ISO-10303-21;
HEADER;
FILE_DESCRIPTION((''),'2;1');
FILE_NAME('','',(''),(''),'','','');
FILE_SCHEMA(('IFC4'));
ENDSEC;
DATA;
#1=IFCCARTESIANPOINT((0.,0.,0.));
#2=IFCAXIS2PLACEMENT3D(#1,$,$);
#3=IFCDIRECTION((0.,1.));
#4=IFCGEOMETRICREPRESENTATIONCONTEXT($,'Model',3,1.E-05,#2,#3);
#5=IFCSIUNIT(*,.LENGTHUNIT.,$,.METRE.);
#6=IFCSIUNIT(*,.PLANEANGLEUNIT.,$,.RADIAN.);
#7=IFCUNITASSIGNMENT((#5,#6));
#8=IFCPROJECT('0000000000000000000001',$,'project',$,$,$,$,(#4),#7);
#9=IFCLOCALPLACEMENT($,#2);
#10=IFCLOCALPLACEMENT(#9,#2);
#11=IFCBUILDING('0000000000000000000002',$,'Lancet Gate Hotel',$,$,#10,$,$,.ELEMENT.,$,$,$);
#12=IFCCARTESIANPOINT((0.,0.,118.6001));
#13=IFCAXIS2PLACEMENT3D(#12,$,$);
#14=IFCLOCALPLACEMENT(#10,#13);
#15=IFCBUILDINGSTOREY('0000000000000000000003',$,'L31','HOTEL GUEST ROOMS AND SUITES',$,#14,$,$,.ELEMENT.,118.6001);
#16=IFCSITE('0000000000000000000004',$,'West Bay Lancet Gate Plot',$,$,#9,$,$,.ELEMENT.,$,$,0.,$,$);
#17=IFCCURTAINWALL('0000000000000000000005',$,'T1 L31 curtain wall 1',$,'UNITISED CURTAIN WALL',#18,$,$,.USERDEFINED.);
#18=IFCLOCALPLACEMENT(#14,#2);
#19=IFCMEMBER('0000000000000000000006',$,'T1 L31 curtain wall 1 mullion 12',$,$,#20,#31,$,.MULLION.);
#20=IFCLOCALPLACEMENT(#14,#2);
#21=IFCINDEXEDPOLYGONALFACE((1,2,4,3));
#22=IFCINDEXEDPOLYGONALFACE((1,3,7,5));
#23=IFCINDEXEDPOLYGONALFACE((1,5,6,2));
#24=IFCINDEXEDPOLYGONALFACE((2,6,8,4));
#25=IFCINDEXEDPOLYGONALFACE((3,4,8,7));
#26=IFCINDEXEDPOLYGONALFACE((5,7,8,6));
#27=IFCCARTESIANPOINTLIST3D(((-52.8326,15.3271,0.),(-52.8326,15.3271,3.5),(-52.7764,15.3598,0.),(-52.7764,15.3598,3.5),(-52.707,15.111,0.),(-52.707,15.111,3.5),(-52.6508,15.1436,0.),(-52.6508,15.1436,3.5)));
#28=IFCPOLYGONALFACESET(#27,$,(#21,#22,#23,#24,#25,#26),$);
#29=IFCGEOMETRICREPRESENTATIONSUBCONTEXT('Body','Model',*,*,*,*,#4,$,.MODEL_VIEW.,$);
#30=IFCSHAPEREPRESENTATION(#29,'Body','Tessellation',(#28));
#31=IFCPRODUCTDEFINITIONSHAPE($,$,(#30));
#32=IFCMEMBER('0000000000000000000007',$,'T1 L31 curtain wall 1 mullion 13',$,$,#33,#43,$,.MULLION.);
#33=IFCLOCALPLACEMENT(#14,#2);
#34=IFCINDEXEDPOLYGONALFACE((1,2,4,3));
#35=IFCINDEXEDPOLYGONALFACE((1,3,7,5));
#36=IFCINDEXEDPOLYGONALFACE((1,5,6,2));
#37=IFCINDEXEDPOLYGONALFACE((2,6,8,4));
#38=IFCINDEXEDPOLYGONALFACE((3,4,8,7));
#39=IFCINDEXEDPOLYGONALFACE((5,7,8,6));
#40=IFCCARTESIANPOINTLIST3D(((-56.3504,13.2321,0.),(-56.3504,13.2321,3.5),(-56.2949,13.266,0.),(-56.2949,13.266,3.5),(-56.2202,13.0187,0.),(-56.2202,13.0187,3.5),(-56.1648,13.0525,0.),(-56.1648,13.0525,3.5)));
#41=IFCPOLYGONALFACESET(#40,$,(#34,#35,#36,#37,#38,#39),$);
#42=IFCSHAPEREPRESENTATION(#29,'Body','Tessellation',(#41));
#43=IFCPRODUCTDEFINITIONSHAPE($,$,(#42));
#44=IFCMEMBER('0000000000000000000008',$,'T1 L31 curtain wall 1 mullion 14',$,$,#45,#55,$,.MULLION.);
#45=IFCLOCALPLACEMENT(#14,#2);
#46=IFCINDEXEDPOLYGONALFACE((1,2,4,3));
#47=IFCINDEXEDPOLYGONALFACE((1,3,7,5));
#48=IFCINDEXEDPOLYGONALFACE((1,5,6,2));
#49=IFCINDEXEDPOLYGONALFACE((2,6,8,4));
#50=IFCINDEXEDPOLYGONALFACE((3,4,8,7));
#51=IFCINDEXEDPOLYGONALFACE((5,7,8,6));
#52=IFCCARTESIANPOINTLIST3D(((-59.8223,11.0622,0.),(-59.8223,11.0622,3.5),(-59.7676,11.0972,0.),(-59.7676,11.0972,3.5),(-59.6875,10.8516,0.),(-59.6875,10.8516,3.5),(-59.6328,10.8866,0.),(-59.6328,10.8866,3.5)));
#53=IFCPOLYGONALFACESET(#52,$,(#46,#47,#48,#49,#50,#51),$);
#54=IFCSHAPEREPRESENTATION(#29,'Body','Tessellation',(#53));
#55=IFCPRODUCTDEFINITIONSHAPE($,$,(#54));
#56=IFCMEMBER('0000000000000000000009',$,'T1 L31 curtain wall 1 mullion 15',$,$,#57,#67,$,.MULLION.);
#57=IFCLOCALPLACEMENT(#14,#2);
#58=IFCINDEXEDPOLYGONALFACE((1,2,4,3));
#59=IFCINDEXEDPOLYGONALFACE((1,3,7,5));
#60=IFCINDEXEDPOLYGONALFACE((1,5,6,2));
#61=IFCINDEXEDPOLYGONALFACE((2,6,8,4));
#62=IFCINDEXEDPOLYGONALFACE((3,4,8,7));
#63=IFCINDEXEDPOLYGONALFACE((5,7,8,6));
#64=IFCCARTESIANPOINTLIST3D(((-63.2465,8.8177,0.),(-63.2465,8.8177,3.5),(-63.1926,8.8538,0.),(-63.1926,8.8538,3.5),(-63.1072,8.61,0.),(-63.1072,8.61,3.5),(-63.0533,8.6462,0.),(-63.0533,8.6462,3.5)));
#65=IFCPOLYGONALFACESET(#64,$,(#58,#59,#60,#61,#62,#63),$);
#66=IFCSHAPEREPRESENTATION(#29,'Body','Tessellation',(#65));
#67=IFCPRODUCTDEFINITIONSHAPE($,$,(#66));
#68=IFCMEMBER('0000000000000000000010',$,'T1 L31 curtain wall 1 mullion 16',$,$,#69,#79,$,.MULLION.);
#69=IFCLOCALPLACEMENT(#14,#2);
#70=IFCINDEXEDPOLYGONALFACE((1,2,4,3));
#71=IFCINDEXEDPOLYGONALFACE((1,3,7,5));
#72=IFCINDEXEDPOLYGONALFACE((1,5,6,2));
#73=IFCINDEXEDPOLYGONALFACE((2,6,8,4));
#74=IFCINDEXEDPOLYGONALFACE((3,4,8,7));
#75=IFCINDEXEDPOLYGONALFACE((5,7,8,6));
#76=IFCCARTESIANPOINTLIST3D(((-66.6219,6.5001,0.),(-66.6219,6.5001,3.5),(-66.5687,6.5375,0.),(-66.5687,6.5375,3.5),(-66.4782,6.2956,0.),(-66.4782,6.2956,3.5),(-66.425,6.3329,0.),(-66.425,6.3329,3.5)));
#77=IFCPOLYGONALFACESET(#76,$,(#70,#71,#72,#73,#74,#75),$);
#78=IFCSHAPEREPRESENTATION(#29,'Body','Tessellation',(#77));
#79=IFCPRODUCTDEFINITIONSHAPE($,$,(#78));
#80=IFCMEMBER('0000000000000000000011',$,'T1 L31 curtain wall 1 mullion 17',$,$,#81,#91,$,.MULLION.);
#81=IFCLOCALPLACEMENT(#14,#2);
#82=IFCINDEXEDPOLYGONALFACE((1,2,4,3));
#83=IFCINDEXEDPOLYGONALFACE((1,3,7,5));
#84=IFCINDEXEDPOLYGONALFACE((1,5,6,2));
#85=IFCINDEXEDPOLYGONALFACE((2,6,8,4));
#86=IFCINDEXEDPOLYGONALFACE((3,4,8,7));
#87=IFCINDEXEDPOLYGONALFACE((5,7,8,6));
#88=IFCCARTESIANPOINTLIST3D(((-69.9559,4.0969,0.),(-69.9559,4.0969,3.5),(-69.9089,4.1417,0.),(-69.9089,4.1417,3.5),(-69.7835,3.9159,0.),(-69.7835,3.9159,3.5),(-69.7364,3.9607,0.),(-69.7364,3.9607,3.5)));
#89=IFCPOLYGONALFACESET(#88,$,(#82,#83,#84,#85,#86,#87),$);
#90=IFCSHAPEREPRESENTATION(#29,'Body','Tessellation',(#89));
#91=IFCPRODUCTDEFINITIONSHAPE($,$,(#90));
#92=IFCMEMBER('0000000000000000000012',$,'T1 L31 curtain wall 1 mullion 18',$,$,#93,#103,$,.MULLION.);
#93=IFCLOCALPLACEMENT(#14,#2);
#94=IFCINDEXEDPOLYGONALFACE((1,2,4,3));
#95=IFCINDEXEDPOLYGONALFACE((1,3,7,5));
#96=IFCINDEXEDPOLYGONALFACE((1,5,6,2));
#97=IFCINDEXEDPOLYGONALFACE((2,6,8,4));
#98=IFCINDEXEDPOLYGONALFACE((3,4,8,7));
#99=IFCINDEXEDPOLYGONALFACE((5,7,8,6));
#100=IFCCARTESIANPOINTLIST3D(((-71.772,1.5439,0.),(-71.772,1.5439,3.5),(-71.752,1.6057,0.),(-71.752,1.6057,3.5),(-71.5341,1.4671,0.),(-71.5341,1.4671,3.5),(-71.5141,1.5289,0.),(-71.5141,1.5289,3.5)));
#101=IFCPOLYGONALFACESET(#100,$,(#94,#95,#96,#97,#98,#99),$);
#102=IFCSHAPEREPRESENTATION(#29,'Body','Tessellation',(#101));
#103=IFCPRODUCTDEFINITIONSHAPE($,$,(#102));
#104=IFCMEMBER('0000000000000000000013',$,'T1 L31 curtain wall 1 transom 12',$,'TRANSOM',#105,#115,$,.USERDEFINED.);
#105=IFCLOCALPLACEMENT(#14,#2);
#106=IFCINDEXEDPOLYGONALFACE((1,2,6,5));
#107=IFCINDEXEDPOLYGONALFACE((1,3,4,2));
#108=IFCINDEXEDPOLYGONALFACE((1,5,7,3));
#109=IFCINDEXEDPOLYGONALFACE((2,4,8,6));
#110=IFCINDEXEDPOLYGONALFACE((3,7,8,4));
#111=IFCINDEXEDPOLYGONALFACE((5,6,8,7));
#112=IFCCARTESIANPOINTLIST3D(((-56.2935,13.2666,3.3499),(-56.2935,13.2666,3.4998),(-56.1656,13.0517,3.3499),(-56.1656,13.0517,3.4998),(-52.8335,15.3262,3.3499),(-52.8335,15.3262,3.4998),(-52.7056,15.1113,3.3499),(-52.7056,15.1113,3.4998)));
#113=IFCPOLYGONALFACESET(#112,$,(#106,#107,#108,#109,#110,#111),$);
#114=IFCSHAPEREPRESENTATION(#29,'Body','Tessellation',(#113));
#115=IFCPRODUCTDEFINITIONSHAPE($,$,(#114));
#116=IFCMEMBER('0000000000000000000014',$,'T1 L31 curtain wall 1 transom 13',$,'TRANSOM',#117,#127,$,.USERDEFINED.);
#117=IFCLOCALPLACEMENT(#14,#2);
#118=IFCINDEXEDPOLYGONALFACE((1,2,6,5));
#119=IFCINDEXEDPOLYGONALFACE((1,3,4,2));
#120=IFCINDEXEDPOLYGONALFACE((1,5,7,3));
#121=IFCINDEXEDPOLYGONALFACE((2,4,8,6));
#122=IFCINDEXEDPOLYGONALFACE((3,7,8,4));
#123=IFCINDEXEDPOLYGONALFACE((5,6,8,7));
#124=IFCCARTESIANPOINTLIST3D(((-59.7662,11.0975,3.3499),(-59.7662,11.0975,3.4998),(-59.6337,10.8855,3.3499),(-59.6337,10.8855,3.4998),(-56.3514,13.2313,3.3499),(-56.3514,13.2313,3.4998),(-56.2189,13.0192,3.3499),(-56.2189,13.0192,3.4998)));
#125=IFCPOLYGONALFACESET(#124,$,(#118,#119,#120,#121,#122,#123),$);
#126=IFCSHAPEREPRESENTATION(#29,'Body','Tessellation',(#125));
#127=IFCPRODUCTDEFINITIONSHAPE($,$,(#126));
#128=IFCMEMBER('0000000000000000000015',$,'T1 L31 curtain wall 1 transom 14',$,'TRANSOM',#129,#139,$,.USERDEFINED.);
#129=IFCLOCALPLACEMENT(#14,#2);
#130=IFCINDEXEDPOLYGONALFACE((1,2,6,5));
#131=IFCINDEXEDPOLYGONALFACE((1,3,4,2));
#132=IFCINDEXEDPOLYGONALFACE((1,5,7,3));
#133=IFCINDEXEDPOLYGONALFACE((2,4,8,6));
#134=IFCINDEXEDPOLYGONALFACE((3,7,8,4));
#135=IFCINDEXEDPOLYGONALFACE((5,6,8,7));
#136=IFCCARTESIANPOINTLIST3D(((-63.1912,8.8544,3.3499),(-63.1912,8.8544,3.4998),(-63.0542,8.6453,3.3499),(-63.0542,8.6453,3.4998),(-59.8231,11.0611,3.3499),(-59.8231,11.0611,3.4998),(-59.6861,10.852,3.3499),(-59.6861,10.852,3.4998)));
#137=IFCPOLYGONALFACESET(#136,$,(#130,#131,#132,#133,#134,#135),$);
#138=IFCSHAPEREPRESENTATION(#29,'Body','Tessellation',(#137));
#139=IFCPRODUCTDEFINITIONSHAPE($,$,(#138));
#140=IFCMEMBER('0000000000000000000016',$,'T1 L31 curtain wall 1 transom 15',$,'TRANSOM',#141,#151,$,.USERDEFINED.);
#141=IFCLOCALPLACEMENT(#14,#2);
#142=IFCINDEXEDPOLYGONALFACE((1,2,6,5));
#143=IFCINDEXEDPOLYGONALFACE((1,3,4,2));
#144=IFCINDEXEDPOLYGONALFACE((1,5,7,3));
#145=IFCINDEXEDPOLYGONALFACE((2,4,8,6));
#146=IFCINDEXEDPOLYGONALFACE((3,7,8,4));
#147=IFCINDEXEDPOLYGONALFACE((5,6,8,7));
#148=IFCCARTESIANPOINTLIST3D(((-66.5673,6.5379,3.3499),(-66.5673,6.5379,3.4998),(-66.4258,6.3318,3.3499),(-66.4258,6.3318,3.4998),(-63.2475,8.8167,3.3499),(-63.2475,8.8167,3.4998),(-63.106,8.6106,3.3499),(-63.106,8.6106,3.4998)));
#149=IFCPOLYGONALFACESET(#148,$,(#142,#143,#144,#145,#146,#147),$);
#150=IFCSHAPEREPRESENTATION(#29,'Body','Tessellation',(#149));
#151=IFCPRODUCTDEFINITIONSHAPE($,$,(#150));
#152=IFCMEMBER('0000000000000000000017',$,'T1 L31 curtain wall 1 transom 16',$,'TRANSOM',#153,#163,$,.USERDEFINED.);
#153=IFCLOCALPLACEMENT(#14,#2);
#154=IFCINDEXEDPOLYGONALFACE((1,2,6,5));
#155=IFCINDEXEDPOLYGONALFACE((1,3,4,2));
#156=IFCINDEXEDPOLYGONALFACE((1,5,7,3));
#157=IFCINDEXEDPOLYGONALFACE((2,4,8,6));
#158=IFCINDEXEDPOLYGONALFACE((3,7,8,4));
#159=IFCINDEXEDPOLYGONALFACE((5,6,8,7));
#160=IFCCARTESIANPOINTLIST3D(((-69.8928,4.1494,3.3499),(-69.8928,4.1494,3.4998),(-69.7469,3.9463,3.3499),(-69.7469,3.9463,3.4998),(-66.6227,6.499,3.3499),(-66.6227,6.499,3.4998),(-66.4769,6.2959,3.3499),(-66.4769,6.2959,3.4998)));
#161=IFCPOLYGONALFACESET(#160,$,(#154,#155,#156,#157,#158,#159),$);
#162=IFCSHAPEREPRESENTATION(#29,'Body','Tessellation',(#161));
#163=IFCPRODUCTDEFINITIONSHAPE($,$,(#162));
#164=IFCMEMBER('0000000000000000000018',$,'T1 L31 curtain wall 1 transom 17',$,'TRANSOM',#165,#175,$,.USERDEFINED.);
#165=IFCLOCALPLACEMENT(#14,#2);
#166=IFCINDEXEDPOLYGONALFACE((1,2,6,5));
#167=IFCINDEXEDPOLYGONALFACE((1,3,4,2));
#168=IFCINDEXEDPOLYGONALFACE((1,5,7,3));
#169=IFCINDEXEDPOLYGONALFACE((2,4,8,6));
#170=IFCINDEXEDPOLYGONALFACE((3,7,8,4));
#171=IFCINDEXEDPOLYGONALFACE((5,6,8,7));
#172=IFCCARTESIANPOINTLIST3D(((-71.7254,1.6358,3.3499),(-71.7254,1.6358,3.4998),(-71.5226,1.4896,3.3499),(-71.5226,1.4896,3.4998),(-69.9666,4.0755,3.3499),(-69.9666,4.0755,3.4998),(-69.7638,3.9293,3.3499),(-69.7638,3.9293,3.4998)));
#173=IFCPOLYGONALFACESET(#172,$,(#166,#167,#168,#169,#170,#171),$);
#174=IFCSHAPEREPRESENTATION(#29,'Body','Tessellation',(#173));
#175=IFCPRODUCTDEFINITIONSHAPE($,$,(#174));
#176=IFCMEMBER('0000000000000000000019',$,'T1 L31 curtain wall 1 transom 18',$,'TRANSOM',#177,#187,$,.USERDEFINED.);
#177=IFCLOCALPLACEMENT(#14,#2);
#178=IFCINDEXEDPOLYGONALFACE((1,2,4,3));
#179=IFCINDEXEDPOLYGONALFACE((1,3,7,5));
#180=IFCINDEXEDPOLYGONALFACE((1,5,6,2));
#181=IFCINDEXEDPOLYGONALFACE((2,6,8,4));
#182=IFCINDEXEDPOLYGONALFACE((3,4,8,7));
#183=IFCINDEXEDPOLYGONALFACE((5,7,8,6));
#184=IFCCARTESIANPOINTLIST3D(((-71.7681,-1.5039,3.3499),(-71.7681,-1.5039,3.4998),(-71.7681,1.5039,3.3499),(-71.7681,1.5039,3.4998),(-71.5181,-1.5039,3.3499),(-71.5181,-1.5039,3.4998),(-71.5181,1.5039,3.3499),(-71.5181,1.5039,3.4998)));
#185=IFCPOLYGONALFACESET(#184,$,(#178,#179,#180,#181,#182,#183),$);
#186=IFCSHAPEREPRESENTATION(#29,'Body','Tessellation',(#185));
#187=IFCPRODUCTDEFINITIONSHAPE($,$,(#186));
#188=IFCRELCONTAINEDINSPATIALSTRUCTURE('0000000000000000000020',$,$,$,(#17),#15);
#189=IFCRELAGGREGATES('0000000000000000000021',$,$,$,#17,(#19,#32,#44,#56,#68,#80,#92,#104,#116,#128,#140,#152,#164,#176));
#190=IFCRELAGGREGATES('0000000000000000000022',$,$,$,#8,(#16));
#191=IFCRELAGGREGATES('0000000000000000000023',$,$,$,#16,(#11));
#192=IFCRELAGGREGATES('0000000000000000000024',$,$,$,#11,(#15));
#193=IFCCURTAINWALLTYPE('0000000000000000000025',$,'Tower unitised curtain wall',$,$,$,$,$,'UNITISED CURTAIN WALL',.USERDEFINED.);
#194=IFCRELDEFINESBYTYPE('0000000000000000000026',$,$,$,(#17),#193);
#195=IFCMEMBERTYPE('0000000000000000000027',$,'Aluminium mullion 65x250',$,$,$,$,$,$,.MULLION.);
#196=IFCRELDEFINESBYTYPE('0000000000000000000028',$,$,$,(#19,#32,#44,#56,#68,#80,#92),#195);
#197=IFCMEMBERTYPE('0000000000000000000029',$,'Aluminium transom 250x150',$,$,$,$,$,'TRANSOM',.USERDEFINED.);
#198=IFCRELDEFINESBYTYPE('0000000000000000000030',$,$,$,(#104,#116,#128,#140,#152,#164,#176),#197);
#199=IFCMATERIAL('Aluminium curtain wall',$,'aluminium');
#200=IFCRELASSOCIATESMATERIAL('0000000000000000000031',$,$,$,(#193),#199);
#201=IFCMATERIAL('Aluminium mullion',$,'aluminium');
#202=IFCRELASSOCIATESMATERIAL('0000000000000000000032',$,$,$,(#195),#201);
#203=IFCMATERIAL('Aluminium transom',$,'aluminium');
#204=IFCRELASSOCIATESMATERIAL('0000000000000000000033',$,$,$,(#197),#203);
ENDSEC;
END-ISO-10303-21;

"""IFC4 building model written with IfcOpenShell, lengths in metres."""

from ifc_helpers import new_model, si_unit, direction, frame, origin, origin_2d, place, context, subcontext, project, spatial, rectangle, extrude, material, material_profile, profile_set, type_object, element, aggregate, save


model = new_model("IFC4")

# Units and contexts
model_context = context("Model", 3, precision=1e-05, world=origin(), true_north=direction((0.0, 1.0)))
body_context = subcontext(model_context, "Body", "Model", "MODEL_VIEW")
ifc_project = project(units=[si_unit("LENGTHUNIT", "METRE"), si_unit("PLANEANGLEUNIT", "RADIAN")], contexts=[model_context])

# Site, building, storey
site_placement = place(None, origin())
site = spatial("IfcSite", under=ifc_project, at=site_placement, Name="West Bay Lancet Gate Plot", CompositionType="ELEMENT", RefElevation=0.0)
building_placement = place(site_placement, origin())
building = spatial("IfcBuilding", under=site, at=building_placement, Name="Lancet Gate Hotel", CompositionType="ELEMENT")
storey_placement = place(building_placement, frame((0.0, 0.0, 118.6001)))
storey = spatial("IfcBuildingStorey", under=building, at=storey_placement, Name="L31", Description="HOTEL GUEST ROOMS AND SUITES", CompositionType="ELEMENT", Elevation=118.6001)

# Curtain wall, members
ifc_material_1 = material(Name="Aluminium curtain wall", Category="aluminium")
curtain_wall_type = type_object("IfcCurtainWallType", Name="Tower unitised curtain wall", ElementType="UNITISED CURTAIN WALL", PredefinedType="USERDEFINED", material=ifc_material_1)
curtain_wall_placement = place(storey_placement, origin())
curtain_wall = element("IfcCurtainWall", 1, at=curtain_wall_placement, inside=storey, type_object=curtain_wall_type, Name="T1 L31 curtain wall 1", ObjectType="UNITISED CURTAIN WALL", PredefinedType="USERDEFINED")
ifc_material_2 = material(Name="Aluminium mullion", Category="aluminium")
ifc_material_profile_1 = material_profile(ifc_material_2, rectangle(XDim=0.0649, YDim=0.25, at=origin_2d()), Name="MULLION 65x250")
ifc_profile_set_1 = profile_set([ifc_material_profile_1], Name="Aluminium mullion")
member_type_1 = type_object("IfcMemberType", Name="Aluminium mullion 65x250", PredefinedType="MULLION", material=ifc_profile_set_1)
member_1_placement = place(storey_placement, frame((-52.7417, 15.2354, 0.0), z_axis=(0.0, 0.0, 1.0), x_axis=(-0.864728, -0.502241, 0.0)))
member_1 = element("IfcMember", 2, at=member_1_placement, type_object=member_type_1, Name="T1 L31 curtain wall 1 mullion 12", PredefinedType="MULLION", context=body_context, shape_type="SweptSolid", body=[
    extrude(rectangle(XDim=0.0649, YDim=0.25, at=origin_2d()), origin(), (0.0, 0.0, 1.0), 3.5),
])
member_2_placement = place(storey_placement, frame((-56.2576, 13.1423, 0.0), z_axis=(0.0, 0.0, 1.0), x_axis=(-0.853716, -0.520739, 0.0)))
member_2 = element("IfcMember", 3, at=member_2_placement, type_object=member_type_1, Name="T1 L31 curtain wall 1 mullion 13", PredefinedType="MULLION", context=body_context, shape_type="SweptSolid", body=[
    extrude(rectangle(XDim=0.0649, YDim=0.25, at=origin_2d()), origin(), (0.0, 0.0, 1.0), 3.5),
])
member_3_placement = place(storey_placement, frame((-59.7275, 10.9744, 0.0), z_axis=(0.0, 0.0, 1.0), x_axis=(-0.842308, -0.538996, 0.0)))
member_3 = element("IfcMember", 4, at=member_3_placement, type_object=member_type_1, Name="T1 L31 curtain wall 1 mullion 14", PredefinedType="MULLION", context=body_context, shape_type="SweptSolid", body=[
    extrude(rectangle(XDim=0.0649, YDim=0.25, at=origin_2d()), origin(), (0.0, 0.0, 1.0), 3.5),
])
member_4_placement = place(storey_placement, frame((-63.1499, 8.7319, 0.0), z_axis=(0.0, 0.0, 1.0), x_axis=(-0.83051, -0.557004, 0.0)))
member_4 = element("IfcMember", 5, at=member_4_placement, type_object=member_type_1, Name="T1 L31 curtain wall 1 mullion 15", PredefinedType="MULLION", context=body_context, shape_type="SweptSolid", body=[
    extrude(rectangle(XDim=0.0649, YDim=0.25, at=origin_2d()), origin(), (0.0, 0.0, 1.0), 3.5),
])
member_5_placement = place(storey_placement, frame((-66.5234, 6.4165, 0.0), z_axis=(0.0, 0.0, 1.0), x_axis=(-0.818327, -0.574753, 0.0)))
member_5 = element("IfcMember", 6, at=member_5_placement, type_object=member_type_1, Name="T1 L31 curtain wall 1 mullion 16", PredefinedType="MULLION", context=body_context, shape_type="SweptSolid", body=[
    extrude(rectangle(XDim=0.0649, YDim=0.25, at=origin_2d()), origin(), (0.0, 0.0, 1.0), 3.5),
])
member_6_placement = place(storey_placement, frame((-69.8462, 4.0288, 0.0), z_axis=(0.0, 0.0, 1.0), x_axis=(-0.723846, -0.689961, 0.0)))
member_6 = element("IfcMember", 7, at=member_6_placement, type_object=member_type_1, Name="T1 L31 curtain wall 1 mullion 17", PredefinedType="MULLION", context=body_context, shape_type="SweptSolid", body=[
    extrude(rectangle(XDim=0.0649, YDim=0.25, at=origin_2d()), origin(), (0.0, 0.0, 1.0), 3.5),
])
member_7_placement = place(storey_placement, frame((-71.6431, 1.5364, 0.0), z_axis=(0.0, 0.0, 1.0), x_axis=(-0.307269, -0.951623, 0.0)))
member_7 = element("IfcMember", 8, at=member_7_placement, type_object=member_type_1, Name="T1 L31 curtain wall 1 mullion 18", PredefinedType="MULLION", context=body_context, shape_type="SweptSolid", body=[
    extrude(rectangle(XDim=0.0649, YDim=0.25, at=origin_2d()), origin(), (0.0, 0.0, 1.0), 3.5),
])
ifc_material_3 = material(Name="Aluminium transom", Category="aluminium")
ifc_material_profile_2 = material_profile(ifc_material_3, rectangle(XDim=0.25, YDim=0.1499, at=origin_2d()), Name="TRANSOM 250x150")
ifc_profile_set_2 = profile_set([ifc_material_profile_2], Name="Aluminium transom")
member_type_2 = type_object("IfcMemberType", Name="Aluminium transom 250x150", ElementType="TRANSOM", PredefinedType="USERDEFINED", material=ifc_profile_set_2)
member_8_placement = place(storey_placement, frame((-52.7695, 15.2188, 3.4248), z_axis=(-0.859285, -0.511497, 0.0), x_axis=(0.511497, -0.859285, 0.0)))
member_8 = element("IfcMember", 9, at=member_8_placement, type_object=member_type_2, Name="T1 L31 curtain wall 1 transom 12", ObjectType="TRANSOM", PredefinedType="USERDEFINED", context=body_context, shape_type="SweptSolid", body=[
    extrude(rectangle(XDim=0.25, YDim=0.1499, at=origin_2d()), origin(), (0.0, 0.0, 1.0), 4.0266),
])
member_9_placement = place(storey_placement, frame((-56.2852, 13.1252, 3.4248), z_axis=(-0.848049, -0.529917, 0.0), x_axis=(0.529917, -0.848049, 0.0)))
member_9 = element("IfcMember", 10, at=member_9_placement, type_object=member_type_2, Name="T1 L31 curtain wall 1 transom 13", ObjectType="TRANSOM", PredefinedType="USERDEFINED", context=body_context, shape_type="SweptSolid", body=[
    extrude(rectangle(XDim=0.25, YDim=0.1499, at=origin_2d()), origin(), (0.0, 0.0, 1.0), 4.0266),
])
member_10_placement = place(storey_placement, frame((-59.7546, 10.9565, 3.4248), z_axis=(-0.836454, -0.548036, 0.0), x_axis=(0.548036, -0.836454, 0.0)))
member_10 = element("IfcMember", 11, at=member_10_placement, type_object=member_type_2, Name="T1 L31 curtain wall 1 transom 14", ObjectType="TRANSOM", PredefinedType="USERDEFINED", context=body_context, shape_type="SweptSolid", body=[
    extrude(rectangle(XDim=0.25, YDim=0.1499, at=origin_2d()), origin(), (0.0, 0.0, 1.0), 4.0266),
])
member_11_placement = place(storey_placement, frame((-63.1768, 8.7136, 3.4248), z_axis=(-0.824456, -0.565927, 0.0), x_axis=(0.565927, -0.824456, 0.0)))
member_11 = element("IfcMember", 12, at=member_11_placement, type_object=member_type_2, Name="T1 L31 curtain wall 1 transom 15", ObjectType="TRANSOM", PredefinedType="USERDEFINED", context=body_context, shape_type="SweptSolid", body=[
    extrude(rectangle(XDim=0.25, YDim=0.1499, at=origin_2d()), origin(), (0.0, 0.0, 1.0), 4.0266),
])
member_12_placement = place(storey_placement, frame((-66.5498, 6.3975, 3.4248), z_axis=(-0.8121, -0.583519, 0.0), x_axis=(0.583519, -0.8121, 0.0)))
member_12 = element("IfcMember", 13, at=member_12_placement, type_object=member_type_2, Name="T1 L31 curtain wall 1 transom 16", ObjectType="TRANSOM", PredefinedType="USERDEFINED", context=body_context, shape_type="SweptSolid", body=[
    extrude(rectangle(XDim=0.25, YDim=0.1499, at=origin_2d()), origin(), (0.0, 0.0, 1.0), 4.0266),
])
member_13_placement = place(storey_placement, frame((-69.8652, 4.0024, 3.4248), z_axis=(-0.584788, -0.811186, 0.0), x_axis=(0.811186, -0.584788, 0.0)))
member_13 = element("IfcMember", 14, at=member_13_placement, type_object=member_type_2, Name="T1 L31 curtain wall 1 transom 17", ObjectType="TRANSOM", PredefinedType="USERDEFINED", context=body_context, shape_type="SweptSolid", body=[
    extrude(rectangle(XDim=0.25, YDim=0.1499, at=origin_2d()), origin(), (0.0, 0.0, 1.0), 3.0076),
])
member_14_placement = place(storey_placement, frame((-71.6431, 1.5039, 3.4248), z_axis=(0.0, -1.0, 0.0), x_axis=(1.0, 0.0, 0.0)))
member_14 = element("IfcMember", 15, at=member_14_placement, type_object=member_type_2, Name="T1 L31 curtain wall 1 transom 18", ObjectType="TRANSOM", PredefinedType="USERDEFINED", context=body_context, shape_type="SweptSolid", body=[
    extrude(rectangle(XDim=0.25, YDim=0.1499, at=origin_2d()), origin(), (0.0, 0.0, 1.0), 3.0078),
])

aggregate(curtain_wall, [member_1, member_2, member_3, member_4, member_5, member_6, member_7, member_8, member_9, member_10, member_11, member_12, member_13, member_14])

save(model, "model.ifc")
